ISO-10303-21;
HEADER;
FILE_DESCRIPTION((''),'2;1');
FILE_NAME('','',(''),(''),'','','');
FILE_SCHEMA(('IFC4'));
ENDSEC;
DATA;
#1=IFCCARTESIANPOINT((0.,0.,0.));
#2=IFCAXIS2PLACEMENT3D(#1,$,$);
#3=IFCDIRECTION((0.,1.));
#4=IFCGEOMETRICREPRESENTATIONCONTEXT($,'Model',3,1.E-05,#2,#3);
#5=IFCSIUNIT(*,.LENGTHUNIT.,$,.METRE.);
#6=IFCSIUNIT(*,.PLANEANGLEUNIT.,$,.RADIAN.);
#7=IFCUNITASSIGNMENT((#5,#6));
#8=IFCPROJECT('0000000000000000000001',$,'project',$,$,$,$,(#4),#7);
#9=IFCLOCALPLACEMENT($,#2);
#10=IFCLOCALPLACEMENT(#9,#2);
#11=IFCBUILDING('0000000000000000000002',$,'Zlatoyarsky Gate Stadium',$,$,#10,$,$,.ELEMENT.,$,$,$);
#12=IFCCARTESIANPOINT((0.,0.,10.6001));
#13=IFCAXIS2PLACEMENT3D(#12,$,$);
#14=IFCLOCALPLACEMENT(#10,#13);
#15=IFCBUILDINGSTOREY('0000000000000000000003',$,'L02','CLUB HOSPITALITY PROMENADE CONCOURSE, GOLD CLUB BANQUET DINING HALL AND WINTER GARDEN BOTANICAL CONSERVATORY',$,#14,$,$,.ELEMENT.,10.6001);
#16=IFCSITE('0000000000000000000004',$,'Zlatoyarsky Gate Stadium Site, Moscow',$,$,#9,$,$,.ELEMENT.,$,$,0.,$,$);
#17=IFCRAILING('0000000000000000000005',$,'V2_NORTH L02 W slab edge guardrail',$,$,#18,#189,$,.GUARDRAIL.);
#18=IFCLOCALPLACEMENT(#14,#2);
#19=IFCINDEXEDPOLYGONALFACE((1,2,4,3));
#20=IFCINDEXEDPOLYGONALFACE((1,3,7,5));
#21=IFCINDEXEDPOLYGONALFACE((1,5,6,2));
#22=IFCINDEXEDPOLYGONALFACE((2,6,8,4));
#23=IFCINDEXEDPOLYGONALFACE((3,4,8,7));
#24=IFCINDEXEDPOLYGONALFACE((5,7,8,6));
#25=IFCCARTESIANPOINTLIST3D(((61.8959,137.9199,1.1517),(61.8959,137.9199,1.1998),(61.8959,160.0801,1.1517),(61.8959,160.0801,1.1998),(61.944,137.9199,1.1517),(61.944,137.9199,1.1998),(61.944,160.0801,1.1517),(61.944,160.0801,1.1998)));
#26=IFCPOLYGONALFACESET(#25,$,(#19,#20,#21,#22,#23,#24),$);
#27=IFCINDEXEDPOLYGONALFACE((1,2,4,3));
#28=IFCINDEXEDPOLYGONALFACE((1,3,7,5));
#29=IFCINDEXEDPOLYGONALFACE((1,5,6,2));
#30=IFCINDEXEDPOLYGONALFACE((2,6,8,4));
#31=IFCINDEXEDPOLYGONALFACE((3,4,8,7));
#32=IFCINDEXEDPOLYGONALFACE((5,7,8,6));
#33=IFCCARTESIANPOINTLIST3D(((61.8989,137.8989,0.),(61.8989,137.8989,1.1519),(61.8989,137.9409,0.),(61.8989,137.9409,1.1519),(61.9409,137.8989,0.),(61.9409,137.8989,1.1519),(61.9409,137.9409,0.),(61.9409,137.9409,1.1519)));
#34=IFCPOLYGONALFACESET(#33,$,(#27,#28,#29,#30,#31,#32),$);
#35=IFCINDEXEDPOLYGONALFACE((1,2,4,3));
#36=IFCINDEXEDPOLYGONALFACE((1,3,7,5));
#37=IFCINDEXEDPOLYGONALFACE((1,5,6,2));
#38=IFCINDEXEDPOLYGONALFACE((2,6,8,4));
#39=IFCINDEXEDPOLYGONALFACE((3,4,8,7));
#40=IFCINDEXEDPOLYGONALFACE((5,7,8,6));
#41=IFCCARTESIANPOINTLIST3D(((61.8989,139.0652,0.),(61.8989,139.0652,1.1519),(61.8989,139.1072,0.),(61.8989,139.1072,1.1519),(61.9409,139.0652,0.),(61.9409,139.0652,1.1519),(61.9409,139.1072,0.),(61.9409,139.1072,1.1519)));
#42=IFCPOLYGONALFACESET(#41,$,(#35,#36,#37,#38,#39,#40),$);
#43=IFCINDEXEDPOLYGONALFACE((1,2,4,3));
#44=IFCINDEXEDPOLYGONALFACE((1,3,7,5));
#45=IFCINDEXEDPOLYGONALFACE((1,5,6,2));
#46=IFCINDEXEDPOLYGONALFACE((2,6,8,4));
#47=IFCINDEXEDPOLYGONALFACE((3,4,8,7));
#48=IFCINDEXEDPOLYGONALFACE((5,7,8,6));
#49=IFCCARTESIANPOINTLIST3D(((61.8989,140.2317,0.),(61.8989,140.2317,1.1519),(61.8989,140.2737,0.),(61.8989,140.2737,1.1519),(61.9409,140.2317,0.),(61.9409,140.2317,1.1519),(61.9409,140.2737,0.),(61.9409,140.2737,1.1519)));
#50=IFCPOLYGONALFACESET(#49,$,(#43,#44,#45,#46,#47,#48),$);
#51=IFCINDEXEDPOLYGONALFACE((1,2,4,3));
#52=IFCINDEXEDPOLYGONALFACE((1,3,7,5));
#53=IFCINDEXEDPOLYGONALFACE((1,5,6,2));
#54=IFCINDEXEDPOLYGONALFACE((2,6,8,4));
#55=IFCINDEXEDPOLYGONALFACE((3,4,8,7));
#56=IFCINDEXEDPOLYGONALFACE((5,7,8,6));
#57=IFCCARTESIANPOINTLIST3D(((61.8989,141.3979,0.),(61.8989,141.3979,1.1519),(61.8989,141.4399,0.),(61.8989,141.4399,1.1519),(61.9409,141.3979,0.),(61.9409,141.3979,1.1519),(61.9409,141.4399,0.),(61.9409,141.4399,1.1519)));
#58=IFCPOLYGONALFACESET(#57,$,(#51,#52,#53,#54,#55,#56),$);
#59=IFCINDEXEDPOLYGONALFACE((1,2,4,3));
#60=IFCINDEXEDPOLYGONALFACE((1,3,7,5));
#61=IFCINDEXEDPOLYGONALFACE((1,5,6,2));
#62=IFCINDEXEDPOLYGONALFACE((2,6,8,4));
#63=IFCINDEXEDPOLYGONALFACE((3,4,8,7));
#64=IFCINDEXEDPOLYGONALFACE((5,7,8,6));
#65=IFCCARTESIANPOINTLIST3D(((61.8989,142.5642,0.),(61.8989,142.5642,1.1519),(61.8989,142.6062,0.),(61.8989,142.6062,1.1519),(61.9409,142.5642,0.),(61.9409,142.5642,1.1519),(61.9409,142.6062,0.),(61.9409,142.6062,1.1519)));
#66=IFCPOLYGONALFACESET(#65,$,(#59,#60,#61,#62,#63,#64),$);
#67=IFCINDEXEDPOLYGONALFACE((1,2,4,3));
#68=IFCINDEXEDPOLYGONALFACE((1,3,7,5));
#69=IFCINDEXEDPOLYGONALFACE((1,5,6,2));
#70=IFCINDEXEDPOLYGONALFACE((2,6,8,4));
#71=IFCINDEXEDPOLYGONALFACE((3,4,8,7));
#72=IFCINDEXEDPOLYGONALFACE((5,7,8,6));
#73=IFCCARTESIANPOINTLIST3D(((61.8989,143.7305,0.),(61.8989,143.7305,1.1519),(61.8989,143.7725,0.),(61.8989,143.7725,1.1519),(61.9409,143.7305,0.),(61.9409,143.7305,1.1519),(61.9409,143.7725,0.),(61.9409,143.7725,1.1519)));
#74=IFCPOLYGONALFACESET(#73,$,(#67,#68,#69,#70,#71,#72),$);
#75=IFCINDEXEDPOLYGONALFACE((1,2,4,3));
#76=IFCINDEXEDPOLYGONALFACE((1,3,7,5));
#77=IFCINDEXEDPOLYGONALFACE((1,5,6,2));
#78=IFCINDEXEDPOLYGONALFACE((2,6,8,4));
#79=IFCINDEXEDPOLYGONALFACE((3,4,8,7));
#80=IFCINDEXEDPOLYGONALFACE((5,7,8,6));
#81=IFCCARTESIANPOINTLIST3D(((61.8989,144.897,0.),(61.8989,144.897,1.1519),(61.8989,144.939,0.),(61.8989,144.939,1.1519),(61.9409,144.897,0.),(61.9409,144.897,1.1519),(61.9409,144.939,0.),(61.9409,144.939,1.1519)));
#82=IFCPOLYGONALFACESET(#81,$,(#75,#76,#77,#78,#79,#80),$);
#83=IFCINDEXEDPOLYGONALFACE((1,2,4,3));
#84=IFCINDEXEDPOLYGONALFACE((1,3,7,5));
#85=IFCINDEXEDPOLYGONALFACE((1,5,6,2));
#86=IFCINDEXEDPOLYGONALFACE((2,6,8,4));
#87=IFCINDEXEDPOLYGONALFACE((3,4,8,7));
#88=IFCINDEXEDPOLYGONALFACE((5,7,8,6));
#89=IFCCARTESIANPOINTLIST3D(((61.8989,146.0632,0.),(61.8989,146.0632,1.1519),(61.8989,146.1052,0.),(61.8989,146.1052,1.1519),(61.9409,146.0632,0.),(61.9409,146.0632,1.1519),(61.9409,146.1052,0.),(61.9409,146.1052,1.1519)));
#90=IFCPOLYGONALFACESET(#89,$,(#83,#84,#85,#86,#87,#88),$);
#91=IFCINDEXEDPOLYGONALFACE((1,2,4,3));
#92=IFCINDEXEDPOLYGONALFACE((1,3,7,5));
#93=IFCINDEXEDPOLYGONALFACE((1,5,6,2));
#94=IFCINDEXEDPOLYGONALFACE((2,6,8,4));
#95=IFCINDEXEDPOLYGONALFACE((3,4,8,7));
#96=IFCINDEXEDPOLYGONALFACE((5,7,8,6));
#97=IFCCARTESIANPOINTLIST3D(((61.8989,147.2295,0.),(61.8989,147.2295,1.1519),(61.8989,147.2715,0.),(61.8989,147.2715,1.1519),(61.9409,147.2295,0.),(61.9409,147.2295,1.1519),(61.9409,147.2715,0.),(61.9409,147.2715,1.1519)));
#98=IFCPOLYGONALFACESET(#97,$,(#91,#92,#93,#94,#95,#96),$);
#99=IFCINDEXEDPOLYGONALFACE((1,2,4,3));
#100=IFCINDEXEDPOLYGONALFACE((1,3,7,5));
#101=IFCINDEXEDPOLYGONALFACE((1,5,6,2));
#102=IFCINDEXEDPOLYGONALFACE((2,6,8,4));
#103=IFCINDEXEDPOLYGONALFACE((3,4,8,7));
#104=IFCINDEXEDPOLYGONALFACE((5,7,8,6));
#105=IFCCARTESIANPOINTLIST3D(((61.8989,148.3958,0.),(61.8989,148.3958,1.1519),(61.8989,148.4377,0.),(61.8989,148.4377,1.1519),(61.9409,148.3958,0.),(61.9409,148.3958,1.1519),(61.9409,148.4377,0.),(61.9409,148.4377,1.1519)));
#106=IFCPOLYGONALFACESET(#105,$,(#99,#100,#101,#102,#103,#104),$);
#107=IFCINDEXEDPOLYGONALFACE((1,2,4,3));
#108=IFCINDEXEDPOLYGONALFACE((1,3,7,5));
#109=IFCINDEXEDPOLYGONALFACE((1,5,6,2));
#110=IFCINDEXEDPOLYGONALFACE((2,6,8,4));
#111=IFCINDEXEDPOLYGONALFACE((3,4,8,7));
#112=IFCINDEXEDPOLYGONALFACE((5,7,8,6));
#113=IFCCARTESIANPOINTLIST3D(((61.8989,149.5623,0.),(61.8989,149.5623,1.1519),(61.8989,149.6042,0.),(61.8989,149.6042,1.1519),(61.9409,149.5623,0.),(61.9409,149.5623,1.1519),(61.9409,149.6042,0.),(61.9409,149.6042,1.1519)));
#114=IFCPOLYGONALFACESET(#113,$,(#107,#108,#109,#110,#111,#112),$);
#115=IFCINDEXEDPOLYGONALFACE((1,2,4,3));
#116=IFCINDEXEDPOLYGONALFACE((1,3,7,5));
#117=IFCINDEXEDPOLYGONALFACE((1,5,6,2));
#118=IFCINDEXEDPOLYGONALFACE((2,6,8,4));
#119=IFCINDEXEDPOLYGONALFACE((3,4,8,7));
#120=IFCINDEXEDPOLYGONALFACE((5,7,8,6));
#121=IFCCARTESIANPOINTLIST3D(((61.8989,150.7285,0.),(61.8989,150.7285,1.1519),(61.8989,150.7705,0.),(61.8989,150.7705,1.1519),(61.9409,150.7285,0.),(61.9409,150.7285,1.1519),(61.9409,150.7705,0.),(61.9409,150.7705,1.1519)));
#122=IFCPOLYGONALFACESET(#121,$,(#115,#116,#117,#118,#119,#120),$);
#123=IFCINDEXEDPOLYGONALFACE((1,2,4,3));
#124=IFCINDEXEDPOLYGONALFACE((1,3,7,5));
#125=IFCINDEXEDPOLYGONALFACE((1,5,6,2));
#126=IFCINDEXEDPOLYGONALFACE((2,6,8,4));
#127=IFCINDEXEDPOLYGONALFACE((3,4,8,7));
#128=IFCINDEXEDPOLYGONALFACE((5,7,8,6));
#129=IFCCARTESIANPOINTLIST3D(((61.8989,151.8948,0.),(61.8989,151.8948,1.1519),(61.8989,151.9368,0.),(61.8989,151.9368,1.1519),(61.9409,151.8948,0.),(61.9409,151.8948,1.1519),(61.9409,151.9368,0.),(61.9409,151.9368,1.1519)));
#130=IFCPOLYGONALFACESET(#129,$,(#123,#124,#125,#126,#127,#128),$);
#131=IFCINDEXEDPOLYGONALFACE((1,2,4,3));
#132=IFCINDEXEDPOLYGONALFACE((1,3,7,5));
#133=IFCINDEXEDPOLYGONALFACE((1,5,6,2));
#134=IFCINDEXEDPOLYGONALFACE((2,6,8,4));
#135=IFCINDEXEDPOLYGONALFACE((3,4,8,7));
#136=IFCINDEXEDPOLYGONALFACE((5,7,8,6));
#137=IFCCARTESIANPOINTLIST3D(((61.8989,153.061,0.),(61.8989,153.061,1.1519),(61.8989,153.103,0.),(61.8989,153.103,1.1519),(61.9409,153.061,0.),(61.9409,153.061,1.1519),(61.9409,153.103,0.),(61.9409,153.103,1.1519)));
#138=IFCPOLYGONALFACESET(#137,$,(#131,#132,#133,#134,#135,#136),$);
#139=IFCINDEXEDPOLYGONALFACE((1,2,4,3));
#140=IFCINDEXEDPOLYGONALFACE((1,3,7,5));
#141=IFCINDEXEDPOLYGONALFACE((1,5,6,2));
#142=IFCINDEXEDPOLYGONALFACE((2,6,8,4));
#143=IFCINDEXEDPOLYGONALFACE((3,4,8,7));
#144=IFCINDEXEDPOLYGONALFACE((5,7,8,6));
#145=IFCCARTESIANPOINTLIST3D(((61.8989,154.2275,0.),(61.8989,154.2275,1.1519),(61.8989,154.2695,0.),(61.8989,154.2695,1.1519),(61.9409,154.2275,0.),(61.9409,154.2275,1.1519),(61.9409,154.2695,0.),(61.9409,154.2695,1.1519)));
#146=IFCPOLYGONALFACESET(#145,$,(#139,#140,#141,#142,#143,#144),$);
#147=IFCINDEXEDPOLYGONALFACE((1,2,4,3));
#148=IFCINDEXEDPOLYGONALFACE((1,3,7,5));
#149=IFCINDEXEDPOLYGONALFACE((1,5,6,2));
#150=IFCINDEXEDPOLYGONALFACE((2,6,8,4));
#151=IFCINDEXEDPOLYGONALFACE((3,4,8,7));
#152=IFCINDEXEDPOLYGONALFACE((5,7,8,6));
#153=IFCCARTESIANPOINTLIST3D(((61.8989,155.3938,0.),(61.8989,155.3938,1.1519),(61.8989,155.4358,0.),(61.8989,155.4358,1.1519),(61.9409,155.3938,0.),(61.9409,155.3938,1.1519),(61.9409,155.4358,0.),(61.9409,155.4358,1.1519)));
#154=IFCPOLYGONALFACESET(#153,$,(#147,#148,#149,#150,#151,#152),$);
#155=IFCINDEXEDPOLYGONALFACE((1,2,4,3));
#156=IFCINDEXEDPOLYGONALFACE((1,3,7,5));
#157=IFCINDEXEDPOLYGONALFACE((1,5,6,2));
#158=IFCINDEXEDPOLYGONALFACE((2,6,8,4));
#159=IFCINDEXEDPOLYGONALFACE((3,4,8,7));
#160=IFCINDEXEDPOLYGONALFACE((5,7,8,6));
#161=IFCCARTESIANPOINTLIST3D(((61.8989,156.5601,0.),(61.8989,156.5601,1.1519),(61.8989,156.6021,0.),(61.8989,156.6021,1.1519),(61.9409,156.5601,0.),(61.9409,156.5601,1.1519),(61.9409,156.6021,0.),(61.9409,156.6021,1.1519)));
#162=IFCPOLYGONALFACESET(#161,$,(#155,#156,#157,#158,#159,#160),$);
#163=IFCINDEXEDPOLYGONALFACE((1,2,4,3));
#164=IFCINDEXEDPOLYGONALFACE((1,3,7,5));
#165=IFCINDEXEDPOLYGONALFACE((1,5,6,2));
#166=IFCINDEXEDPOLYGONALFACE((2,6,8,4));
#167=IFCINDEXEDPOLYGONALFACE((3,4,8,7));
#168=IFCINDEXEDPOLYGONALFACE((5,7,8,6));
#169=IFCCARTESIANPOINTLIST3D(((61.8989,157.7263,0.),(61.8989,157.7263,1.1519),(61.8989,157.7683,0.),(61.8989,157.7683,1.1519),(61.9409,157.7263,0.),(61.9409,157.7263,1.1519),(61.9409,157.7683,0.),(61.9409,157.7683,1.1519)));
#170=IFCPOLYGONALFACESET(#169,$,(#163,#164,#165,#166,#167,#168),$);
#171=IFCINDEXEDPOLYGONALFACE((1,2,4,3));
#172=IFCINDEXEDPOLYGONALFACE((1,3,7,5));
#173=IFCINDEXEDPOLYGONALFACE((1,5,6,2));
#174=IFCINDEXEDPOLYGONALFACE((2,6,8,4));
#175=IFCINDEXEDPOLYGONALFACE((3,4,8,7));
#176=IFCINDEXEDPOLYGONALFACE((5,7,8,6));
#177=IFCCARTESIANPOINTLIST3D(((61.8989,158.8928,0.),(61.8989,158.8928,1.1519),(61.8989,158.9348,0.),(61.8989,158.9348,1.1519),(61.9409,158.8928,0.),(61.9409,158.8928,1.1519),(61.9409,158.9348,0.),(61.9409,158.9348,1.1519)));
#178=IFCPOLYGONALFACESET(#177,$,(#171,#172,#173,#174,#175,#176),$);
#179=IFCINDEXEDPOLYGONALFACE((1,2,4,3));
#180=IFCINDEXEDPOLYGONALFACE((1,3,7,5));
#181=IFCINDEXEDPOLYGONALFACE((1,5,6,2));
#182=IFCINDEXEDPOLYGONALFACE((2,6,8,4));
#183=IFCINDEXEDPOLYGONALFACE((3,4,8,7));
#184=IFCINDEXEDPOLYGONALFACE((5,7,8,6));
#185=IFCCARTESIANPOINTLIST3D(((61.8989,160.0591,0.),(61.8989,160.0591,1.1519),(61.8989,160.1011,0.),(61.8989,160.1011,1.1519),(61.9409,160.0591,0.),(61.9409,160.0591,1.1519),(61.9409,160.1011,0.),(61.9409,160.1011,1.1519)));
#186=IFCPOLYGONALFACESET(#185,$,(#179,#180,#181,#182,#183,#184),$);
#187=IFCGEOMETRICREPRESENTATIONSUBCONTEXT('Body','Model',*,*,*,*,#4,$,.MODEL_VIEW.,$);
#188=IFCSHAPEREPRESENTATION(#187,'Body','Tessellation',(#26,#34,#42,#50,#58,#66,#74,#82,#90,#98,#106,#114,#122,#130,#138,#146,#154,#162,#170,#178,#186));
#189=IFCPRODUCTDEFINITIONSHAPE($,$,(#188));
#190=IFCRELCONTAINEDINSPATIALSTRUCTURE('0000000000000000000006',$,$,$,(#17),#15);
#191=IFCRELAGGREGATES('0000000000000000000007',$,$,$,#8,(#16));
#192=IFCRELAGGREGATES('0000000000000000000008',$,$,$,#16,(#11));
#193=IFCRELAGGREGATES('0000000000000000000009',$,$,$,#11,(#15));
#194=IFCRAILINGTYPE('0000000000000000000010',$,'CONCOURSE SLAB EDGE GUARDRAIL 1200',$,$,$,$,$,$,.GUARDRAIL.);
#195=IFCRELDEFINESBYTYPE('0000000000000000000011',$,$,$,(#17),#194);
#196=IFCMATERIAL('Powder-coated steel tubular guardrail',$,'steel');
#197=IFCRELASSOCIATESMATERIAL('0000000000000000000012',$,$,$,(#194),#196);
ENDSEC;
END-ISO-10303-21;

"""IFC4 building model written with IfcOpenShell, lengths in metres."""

from ifc_helpers import new_model, si_unit, direction, frame, origin, origin_2d, place, context, subcontext, project, spatial, rectangle, extrude, material, type_object, element, save


model = new_model("IFC4")

# Units and contexts
model_context = context("Model", 3, precision=1e-05, world=origin(), true_north=direction((0.0, 1.0)))
body_context = subcontext(model_context, "Body", "Model", "MODEL_VIEW")
ifc_project = project(units=[si_unit("LENGTHUNIT", "METRE"), si_unit("PLANEANGLEUNIT", "RADIAN")], contexts=[model_context])

# Site, building, storey
site_placement = place(None, origin())
site = spatial("IfcSite", under=ifc_project, at=site_placement, Name="Zlatoyarsky Gate Stadium Site, Moscow", CompositionType="ELEMENT", RefElevation=0.0)
building_placement = place(site_placement, origin())
building = spatial("IfcBuilding", under=site, at=building_placement, Name="Zlatoyarsky Gate Stadium", CompositionType="ELEMENT")
storey_placement = place(building_placement, frame((0.0, 0.0, 10.6001)))
storey = spatial("IfcBuildingStorey", under=building, at=storey_placement, Name="L02", Description="CLUB HOSPITALITY PROMENADE CONCOURSE, GOLD CLUB BANQUET DINING HALL AND WINTER GARDEN BOTANICAL CONSERVATORY", CompositionType="ELEMENT", Elevation=10.6001)

# Railing
ifc_material_1 = material(Name="Powder-coated steel tubular guardrail", Category="steel")
railing_type = type_object("IfcRailingType", Name="CONCOURSE SLAB EDGE GUARDRAIL 1200", PredefinedType="GUARDRAIL", material=ifc_material_1)
railing_1_placement = place(storey_placement, frame((61.9199, 137.9199, 0.0)))
element("IfcRailing", 1, at=railing_1_placement, inside=storey, type_object=railing_type, Name="V2_NORTH L02 W slab edge guardrail", PredefinedType="GUARDRAIL", context=body_context, shape_type="SweptSolid", body=[
    extrude(rectangle(XDim=0.0481, YDim=0.0481, at=origin_2d()), frame((0.0, 0.0, 1.1758), z_axis=(0.0, 1.0, 0.0), x_axis=(-1.0, 0.0, 0.0)), (0.0, 0.0, 1.0), 22.1602),
    extrude(rectangle(XDim=0.042, YDim=0.042, at=origin_2d()), origin(), (0.0, 0.0, 1.0), 1.1519),
    extrude(rectangle(XDim=0.042, YDim=0.042, at=origin_2d()), frame((0.0, 1.1663, 0.0)), (0.0, 0.0, 1.0), 1.1519),
    extrude(rectangle(XDim=0.042, YDim=0.042, at=origin_2d()), frame((0.0, 2.3328, 0.0)), (0.0, 0.0, 1.0), 1.1519),
    extrude(rectangle(XDim=0.042, YDim=0.042, at=origin_2d()), frame((0.0, 3.499, 0.0)), (0.0, 0.0, 1.0), 1.1519),
    extrude(rectangle(XDim=0.042, YDim=0.042, at=origin_2d()), frame((0.0, 4.6653, 0.0)), (0.0, 0.0, 1.0), 1.1519),
    extrude(rectangle(XDim=0.042, YDim=0.042, at=origin_2d()), frame((0.0, 5.8315, 0.0)), (0.0, 0.0, 1.0), 1.1519),
    extrude(rectangle(XDim=0.042, YDim=0.042, at=origin_2d()), frame((0.0, 6.998, 0.0)), (0.0, 0.0, 1.0), 1.1519),
    extrude(rectangle(XDim=0.042, YDim=0.042, at=origin_2d()), frame((0.0, 8.1643, 0.0)), (0.0, 0.0, 1.0), 1.1519),
    extrude(rectangle(XDim=0.042, YDim=0.042, at=origin_2d()), frame((0.0, 9.3306, 0.0)), (0.0, 0.0, 1.0), 1.1519),
    extrude(rectangle(XDim=0.042, YDim=0.042, at=origin_2d()), frame((0.0, 10.4968, 0.0)), (0.0, 0.0, 1.0), 1.1519),
    extrude(rectangle(XDim=0.042, YDim=0.042, at=origin_2d()), frame((0.0, 11.6633, 0.0)), (0.0, 0.0, 1.0), 1.1519),
    extrude(rectangle(XDim=0.042, YDim=0.042, at=origin_2d()), frame((0.0, 12.8296, 0.0)), (0.0, 0.0, 1.0), 1.1519),
    extrude(rectangle(XDim=0.042, YDim=0.042, at=origin_2d()), frame((0.0, 13.9958, 0.0)), (0.0, 0.0, 1.0), 1.1519),
    extrude(rectangle(XDim=0.042, YDim=0.042, at=origin_2d()), frame((0.0, 15.1621, 0.0)), (0.0, 0.0, 1.0), 1.1519),
    extrude(rectangle(XDim=0.042, YDim=0.042, at=origin_2d()), frame((0.0, 16.3286, 0.0)), (0.0, 0.0, 1.0), 1.1519),
    extrude(rectangle(XDim=0.042, YDim=0.042, at=origin_2d()), frame((0.0, 17.4949, 0.0)), (0.0, 0.0, 1.0), 1.1519),
    extrude(rectangle(XDim=0.042, YDim=0.042, at=origin_2d()), frame((0.0, 18.6611, 0.0)), (0.0, 0.0, 1.0), 1.1519),
    extrude(rectangle(XDim=0.042, YDim=0.042, at=origin_2d()), frame((0.0, 19.8274, 0.0)), (0.0, 0.0, 1.0), 1.1519),
    extrude(rectangle(XDim=0.042, YDim=0.042, at=origin_2d()), frame((0.0, 20.9939, 0.0)), (0.0, 0.0, 1.0), 1.1519),
    extrude(rectangle(XDim=0.042, YDim=0.042, at=origin_2d()), frame((0.0, 22.1602, 0.0)), (0.0, 0.0, 1.0), 1.1519),
])

save(model, "model.ifc")
